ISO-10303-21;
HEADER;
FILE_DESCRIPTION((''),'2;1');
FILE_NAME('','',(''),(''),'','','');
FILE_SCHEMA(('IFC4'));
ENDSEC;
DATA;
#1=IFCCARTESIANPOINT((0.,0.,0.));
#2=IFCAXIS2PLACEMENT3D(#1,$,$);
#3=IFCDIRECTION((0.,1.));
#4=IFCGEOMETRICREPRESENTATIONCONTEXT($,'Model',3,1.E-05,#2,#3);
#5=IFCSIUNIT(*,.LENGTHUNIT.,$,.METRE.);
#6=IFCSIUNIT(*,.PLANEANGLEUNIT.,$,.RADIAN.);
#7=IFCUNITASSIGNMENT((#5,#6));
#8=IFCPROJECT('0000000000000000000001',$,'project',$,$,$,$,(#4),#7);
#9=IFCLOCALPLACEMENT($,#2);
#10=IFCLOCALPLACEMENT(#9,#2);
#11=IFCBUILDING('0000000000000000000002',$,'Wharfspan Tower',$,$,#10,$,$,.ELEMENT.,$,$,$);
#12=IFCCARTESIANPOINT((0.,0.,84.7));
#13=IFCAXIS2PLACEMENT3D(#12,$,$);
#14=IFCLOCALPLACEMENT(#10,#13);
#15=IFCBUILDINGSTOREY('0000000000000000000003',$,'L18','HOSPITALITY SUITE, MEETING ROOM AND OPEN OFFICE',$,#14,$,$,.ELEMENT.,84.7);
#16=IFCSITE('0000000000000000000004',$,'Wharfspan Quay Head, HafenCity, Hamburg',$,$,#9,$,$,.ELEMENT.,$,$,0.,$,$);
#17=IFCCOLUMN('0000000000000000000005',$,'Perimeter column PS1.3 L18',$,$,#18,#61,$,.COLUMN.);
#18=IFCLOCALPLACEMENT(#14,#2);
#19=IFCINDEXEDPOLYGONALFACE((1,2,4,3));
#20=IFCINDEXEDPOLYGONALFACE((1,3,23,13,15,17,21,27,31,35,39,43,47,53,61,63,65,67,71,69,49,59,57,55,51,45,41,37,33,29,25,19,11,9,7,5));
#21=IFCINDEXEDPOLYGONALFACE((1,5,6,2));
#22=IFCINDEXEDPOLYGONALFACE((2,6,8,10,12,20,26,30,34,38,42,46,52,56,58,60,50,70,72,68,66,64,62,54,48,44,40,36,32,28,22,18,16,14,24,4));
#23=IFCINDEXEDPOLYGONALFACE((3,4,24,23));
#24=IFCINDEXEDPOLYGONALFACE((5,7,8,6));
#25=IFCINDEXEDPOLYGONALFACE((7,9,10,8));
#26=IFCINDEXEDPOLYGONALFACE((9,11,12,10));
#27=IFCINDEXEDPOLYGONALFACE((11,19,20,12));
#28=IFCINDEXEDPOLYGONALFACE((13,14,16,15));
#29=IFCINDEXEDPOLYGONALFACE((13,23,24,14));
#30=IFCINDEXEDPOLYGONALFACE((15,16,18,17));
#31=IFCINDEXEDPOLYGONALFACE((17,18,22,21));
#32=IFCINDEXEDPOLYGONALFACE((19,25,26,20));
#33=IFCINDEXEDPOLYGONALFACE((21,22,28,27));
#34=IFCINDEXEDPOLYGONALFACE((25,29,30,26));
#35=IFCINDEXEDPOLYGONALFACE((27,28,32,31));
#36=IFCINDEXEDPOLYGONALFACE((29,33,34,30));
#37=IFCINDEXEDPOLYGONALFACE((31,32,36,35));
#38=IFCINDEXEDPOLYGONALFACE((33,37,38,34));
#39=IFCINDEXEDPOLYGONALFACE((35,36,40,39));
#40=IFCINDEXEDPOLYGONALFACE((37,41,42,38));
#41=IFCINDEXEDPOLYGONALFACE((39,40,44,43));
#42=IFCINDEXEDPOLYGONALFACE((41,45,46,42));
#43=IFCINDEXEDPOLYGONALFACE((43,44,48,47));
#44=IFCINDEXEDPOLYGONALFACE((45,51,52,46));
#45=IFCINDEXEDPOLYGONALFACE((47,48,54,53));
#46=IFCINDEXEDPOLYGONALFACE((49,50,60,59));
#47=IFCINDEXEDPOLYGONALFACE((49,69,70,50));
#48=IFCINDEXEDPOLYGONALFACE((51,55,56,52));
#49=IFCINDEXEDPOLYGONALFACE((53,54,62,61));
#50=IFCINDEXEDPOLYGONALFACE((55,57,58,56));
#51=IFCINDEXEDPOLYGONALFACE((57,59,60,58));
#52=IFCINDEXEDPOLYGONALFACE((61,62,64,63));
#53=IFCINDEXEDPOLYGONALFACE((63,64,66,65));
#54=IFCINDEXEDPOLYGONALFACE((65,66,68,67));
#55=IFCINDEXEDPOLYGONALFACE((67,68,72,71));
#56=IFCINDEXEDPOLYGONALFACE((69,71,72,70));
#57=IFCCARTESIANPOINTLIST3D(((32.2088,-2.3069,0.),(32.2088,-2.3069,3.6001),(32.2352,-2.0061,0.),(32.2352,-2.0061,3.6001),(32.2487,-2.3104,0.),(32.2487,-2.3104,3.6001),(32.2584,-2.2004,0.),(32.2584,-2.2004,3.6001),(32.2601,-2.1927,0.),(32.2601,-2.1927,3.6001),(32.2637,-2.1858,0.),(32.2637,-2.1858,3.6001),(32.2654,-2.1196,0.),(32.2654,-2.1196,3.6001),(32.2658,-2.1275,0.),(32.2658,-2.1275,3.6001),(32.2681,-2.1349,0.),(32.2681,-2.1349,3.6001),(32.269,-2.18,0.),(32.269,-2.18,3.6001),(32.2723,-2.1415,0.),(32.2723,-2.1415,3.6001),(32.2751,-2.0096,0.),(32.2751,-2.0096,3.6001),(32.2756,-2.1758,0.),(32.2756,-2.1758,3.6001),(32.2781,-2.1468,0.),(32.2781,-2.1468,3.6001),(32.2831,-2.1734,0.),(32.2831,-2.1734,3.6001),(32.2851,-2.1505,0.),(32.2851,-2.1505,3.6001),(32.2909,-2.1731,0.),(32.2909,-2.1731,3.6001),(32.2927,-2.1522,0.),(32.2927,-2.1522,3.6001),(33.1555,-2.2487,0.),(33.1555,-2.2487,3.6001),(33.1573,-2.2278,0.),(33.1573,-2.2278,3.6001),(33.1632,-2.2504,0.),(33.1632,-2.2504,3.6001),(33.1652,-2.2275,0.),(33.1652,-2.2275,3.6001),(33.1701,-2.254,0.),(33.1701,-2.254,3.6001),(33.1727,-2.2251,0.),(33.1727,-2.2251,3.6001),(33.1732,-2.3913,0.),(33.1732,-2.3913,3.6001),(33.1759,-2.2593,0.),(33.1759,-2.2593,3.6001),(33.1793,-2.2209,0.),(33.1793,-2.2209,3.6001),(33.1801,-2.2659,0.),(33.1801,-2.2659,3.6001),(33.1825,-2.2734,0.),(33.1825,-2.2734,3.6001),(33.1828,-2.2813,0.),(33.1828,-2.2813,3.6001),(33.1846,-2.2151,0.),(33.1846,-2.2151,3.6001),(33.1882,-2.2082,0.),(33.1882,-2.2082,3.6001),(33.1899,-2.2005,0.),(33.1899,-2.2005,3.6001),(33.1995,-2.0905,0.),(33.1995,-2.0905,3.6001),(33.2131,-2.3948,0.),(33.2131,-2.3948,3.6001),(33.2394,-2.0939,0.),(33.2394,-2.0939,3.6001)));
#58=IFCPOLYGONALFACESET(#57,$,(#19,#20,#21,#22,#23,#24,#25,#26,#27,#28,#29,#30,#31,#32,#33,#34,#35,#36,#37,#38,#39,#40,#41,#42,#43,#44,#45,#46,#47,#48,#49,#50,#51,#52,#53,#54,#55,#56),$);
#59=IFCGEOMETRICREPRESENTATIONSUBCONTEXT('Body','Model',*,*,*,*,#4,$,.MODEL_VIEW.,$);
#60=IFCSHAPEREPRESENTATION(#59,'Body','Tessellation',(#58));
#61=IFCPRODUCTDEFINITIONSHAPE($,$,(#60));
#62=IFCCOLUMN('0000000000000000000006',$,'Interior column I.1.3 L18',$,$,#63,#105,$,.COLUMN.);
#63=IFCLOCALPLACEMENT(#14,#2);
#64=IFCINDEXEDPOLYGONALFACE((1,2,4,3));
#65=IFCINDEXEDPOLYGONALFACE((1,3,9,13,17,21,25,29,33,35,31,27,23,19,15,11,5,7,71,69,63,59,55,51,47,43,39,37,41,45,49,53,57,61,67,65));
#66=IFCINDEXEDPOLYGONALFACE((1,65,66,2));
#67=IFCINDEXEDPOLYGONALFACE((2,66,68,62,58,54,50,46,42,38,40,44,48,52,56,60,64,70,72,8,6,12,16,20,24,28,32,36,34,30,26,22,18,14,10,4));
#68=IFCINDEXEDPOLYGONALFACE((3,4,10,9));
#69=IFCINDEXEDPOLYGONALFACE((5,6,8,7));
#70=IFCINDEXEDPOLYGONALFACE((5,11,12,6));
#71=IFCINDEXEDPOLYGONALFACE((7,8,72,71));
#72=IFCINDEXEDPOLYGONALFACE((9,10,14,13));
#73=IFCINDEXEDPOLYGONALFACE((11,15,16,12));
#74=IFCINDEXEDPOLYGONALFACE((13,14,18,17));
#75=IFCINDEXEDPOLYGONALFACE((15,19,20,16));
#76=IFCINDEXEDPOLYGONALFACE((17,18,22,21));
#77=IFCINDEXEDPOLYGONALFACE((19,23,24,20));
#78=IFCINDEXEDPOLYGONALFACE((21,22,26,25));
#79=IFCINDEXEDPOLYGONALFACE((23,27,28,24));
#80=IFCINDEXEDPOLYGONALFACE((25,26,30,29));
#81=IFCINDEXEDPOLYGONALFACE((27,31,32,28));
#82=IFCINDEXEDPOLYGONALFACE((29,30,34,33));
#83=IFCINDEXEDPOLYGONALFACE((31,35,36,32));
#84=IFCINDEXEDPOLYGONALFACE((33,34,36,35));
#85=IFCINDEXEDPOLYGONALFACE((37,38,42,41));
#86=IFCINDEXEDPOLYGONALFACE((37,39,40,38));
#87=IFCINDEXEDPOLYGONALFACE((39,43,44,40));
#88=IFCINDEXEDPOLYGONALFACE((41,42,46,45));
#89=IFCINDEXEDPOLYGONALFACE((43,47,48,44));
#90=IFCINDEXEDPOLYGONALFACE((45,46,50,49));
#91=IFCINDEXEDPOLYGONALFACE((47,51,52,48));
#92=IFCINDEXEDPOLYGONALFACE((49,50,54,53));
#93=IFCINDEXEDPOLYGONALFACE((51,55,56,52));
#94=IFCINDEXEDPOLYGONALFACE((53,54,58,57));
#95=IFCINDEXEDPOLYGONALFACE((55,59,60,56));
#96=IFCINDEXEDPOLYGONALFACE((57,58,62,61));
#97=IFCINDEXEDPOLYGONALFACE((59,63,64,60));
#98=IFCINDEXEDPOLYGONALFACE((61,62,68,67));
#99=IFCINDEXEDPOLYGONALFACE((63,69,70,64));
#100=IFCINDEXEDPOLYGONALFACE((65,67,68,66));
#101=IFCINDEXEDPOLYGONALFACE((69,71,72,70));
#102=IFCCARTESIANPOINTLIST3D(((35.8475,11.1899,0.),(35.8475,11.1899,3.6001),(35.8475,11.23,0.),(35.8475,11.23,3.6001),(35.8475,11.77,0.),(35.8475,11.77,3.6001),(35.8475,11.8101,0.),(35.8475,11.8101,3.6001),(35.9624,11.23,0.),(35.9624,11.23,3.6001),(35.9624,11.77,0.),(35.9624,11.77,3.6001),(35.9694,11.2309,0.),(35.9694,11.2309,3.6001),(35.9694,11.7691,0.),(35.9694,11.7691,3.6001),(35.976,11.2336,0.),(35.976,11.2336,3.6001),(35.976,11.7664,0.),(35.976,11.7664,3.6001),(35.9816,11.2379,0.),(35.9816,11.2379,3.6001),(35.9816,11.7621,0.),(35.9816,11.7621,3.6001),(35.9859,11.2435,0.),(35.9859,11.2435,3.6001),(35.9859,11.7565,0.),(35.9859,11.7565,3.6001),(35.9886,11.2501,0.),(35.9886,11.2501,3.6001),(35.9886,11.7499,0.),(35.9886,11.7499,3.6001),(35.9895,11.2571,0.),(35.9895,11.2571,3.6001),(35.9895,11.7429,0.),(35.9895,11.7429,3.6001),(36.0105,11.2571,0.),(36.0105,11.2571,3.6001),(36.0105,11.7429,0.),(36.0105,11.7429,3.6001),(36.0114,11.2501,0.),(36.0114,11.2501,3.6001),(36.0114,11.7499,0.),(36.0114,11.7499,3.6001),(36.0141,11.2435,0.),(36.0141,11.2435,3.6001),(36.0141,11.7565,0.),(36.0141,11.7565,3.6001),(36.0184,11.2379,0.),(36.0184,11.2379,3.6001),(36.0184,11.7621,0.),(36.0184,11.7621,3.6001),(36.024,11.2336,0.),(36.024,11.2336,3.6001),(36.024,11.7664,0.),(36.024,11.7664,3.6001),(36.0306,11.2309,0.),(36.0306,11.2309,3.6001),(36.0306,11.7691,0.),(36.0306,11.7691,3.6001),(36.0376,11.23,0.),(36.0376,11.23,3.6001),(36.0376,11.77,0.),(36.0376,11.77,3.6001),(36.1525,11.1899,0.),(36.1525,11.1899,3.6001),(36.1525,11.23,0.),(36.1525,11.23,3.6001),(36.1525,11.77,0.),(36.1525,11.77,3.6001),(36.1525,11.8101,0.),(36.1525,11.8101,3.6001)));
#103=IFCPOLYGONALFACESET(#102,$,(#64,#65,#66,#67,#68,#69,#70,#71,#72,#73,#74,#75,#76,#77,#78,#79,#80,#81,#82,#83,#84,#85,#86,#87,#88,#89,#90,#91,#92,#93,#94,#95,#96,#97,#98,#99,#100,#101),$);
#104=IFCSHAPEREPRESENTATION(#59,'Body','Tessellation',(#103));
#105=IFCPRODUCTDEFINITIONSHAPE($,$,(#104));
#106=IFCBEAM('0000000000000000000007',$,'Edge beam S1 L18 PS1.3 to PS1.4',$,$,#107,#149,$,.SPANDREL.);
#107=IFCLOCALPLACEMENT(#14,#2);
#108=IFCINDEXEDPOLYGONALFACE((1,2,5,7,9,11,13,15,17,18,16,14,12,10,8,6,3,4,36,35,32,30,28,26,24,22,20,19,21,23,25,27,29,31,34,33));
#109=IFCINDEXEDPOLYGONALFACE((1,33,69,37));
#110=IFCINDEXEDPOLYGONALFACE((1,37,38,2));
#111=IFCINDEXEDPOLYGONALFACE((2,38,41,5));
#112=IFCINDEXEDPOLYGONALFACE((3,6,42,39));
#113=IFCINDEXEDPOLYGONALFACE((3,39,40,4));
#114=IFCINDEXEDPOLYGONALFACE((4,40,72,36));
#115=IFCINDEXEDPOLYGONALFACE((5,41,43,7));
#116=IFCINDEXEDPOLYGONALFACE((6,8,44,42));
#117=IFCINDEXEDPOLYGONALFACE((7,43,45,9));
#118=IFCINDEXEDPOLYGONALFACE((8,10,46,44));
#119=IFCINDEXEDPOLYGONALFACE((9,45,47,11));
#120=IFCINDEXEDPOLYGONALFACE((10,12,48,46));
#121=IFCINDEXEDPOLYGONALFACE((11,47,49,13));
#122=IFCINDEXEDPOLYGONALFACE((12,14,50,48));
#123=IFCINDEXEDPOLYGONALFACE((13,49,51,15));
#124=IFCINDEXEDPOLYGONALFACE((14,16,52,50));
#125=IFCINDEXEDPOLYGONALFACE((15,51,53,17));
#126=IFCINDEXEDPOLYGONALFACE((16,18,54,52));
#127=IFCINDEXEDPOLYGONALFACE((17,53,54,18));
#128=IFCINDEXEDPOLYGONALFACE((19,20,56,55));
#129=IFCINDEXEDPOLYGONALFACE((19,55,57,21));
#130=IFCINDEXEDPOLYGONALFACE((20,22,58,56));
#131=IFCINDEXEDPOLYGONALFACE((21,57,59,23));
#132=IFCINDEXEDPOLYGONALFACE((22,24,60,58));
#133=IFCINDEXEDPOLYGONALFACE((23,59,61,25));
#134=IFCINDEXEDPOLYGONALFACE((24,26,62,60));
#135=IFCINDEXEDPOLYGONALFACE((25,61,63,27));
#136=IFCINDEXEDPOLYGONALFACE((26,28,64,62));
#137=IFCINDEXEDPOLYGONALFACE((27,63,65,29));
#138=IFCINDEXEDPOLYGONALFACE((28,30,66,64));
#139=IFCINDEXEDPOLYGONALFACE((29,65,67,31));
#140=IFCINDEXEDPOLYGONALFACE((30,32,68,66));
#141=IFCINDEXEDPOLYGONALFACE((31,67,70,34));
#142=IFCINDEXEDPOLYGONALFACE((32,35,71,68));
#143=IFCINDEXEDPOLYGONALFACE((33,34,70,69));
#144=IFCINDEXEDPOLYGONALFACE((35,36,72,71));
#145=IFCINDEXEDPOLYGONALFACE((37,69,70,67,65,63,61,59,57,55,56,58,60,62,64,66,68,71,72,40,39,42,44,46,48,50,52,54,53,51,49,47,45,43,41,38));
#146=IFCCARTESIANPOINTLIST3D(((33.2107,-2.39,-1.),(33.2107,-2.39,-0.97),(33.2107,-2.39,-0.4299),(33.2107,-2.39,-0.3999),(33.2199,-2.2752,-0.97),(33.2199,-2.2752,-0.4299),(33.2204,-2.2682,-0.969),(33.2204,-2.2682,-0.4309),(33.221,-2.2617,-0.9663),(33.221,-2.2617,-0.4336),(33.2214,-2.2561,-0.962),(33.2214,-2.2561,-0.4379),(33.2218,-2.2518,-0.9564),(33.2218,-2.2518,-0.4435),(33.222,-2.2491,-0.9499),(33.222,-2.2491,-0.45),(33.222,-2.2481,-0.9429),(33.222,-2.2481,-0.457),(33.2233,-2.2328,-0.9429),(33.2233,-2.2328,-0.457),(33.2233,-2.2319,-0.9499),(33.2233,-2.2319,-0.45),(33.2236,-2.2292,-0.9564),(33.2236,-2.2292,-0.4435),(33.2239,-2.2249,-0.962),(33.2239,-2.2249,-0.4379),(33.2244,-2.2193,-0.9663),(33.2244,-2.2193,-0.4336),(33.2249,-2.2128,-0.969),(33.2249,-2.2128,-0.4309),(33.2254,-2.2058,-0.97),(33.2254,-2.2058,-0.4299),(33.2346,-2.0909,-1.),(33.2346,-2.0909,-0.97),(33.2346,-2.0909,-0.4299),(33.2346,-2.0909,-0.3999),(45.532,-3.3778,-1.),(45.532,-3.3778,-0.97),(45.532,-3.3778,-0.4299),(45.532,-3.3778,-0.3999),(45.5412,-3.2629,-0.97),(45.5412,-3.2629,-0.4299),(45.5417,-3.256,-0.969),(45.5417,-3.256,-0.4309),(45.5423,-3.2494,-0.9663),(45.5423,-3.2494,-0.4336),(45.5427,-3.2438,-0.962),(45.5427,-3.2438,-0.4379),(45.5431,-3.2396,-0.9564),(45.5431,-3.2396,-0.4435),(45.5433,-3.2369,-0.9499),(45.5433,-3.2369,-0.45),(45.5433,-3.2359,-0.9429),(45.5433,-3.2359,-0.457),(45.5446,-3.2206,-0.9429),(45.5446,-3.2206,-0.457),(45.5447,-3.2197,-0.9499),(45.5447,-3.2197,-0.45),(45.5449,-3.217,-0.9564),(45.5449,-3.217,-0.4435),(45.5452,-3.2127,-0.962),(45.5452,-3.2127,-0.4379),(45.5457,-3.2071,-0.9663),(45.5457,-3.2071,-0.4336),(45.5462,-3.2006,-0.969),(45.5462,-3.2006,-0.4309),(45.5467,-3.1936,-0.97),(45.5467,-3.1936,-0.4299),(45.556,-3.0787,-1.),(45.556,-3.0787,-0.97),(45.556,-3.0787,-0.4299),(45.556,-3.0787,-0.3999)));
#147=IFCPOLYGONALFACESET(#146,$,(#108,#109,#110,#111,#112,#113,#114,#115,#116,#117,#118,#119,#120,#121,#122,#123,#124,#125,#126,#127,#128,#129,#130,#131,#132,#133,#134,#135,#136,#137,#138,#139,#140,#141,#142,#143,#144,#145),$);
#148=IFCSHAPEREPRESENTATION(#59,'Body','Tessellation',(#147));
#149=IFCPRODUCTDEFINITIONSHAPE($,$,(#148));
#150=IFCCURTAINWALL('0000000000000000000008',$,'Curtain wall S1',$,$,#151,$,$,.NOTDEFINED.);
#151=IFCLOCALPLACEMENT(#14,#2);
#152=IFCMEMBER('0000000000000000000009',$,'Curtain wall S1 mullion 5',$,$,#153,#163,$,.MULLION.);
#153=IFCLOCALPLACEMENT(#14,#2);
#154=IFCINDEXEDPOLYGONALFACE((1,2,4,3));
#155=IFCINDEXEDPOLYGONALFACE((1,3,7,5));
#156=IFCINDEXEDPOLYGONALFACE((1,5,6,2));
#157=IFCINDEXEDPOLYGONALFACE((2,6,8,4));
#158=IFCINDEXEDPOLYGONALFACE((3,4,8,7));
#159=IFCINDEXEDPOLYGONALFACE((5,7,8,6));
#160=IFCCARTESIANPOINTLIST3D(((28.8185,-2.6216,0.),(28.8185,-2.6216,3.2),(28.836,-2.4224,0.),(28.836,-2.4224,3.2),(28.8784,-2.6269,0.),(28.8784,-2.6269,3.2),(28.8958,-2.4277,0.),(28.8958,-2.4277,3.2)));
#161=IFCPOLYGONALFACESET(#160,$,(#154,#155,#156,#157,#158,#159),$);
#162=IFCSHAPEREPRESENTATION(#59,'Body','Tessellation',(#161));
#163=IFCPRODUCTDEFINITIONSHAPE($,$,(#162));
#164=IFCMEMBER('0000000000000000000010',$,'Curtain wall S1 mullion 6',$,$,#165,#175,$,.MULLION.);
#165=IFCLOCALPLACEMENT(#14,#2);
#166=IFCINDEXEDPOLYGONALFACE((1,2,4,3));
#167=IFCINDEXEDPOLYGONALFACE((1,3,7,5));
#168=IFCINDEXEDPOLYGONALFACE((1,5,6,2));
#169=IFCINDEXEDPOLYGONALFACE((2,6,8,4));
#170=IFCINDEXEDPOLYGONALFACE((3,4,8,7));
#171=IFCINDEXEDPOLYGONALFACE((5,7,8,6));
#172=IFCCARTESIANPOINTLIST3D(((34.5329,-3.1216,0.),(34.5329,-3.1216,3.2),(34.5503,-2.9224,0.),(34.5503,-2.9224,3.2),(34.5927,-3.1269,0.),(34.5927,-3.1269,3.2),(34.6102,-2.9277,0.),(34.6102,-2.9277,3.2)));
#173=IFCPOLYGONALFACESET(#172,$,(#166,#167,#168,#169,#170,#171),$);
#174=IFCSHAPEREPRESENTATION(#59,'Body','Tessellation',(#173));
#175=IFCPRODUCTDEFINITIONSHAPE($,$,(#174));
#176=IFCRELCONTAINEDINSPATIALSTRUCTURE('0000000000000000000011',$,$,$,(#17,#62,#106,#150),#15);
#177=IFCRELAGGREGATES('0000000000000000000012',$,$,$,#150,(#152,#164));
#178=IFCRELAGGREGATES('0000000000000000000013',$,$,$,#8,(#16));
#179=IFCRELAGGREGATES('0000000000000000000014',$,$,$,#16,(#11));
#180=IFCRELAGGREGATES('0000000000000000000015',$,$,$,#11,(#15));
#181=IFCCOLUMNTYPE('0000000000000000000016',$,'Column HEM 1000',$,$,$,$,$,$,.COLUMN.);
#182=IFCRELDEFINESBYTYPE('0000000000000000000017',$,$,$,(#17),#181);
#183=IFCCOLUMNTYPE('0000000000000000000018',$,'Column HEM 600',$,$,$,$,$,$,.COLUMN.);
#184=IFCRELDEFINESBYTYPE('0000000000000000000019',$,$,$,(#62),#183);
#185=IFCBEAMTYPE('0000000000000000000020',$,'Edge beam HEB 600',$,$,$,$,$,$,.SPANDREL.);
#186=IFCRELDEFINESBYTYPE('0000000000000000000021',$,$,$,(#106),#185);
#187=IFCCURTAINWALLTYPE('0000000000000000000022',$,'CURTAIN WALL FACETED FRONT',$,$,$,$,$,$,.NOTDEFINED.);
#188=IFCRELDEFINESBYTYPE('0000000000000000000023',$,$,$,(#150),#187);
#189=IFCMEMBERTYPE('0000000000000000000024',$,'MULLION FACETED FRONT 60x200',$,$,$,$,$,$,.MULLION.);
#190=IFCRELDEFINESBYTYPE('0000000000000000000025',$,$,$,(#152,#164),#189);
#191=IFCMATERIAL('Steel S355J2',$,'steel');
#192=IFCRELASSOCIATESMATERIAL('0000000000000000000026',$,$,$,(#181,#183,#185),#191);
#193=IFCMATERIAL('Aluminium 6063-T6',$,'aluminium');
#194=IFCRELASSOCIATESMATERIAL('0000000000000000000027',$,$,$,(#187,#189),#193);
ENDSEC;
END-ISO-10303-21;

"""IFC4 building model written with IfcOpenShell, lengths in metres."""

from ifc_helpers import new_model, si_unit, direction, frame, origin, origin_2d, place, context, subcontext, project, spatial, rectangle, i_section, extrude, material, material_profile, profile_set, type_object, element, aggregate, save


model = new_model("IFC4")

# Units and contexts
model_context = context("Model", 3, precision=1e-05, world=origin(), true_north=direction((0.0, 1.0)))
body_context = subcontext(model_context, "Body", "Model", "MODEL_VIEW")
ifc_project = project(units=[si_unit("LENGTHUNIT", "METRE"), si_unit("PLANEANGLEUNIT", "RADIAN")], contexts=[model_context])

# Site, building, storey
site_placement = place(None, origin())
site = spatial("IfcSite", under=ifc_project, at=site_placement, Name="Wharfspan Quay Head, HafenCity, Hamburg", CompositionType="ELEMENT", RefElevation=0.0)
building_placement = place(site_placement, origin())
building = spatial("IfcBuilding", under=site, at=building_placement, Name="Wharfspan Tower", CompositionType="ELEMENT")
storey_placement = place(building_placement, frame((0.0, 0.0, 84.7)))
storey = spatial("IfcBuildingStorey", under=building, at=storey_placement, Name="L18", Description="HOSPITALITY SUITE, MEETING ROOM AND OPEN OFFICE", CompositionType="ELEMENT", Elevation=84.7)

# Columns
ifc_material_1 = material(Name="Steel S355J2", Category="steel")
ifc_material_profile_1 = material_profile(ifc_material_1, i_section(OverallWidth=0.302, OverallDepth=1.0081, WebThickness=0.021, FlangeThickness=0.04, FilletRadius=0.03, at=origin_2d()))
ifc_profile_set_1 = profile_set([ifc_material_profile_1], Name="Steel S355J2")
column_type_1 = type_object("IfcColumnType", Name="Column HEM 1000", PredefinedType="COLUMN", material=ifc_profile_set_1)
column_1_placement = place(storey_placement, frame((32.7241, -2.2004, 0.0), z_axis=(0.0, 0.0, 1.0), x_axis=(-0.087156, -0.996198, 0.0)))
element("IfcColumn", 1, at=column_1_placement, inside=storey, type_object=column_type_1, Name="Perimeter column PS1.3 L18", PredefinedType="COLUMN", context=body_context, shape_type="SweptSolid", body=[
    extrude(i_section(OverallWidth=0.302, OverallDepth=1.0081, WebThickness=0.021, FlangeThickness=0.04, FilletRadius=0.03, at=origin_2d()), origin(), (0.0, 0.0, 1.0), 3.6001),
])
ifc_material_profile_2 = material_profile(ifc_material_1, i_section(OverallWidth=0.3049, OverallDepth=0.6201, WebThickness=0.021, FlangeThickness=0.04, FilletRadius=0.0271, at=origin_2d()))
ifc_profile_set_2 = profile_set([ifc_material_profile_2], Name="Steel S355J2")
column_type_2 = type_object("IfcColumnType", Name="Column HEM 600", PredefinedType="COLUMN", material=ifc_profile_set_2)
column_2_placement = place(storey_placement, frame((36.0, 11.5, 0.0), z_axis=(0.0, 0.0, 1.0), x_axis=(1.0, 0.0, 0.0)))
element("IfcColumn", 2, at=column_2_placement, inside=storey, type_object=column_type_2, Name="Interior column I.1.3 L18", PredefinedType="COLUMN", context=body_context, shape_type="SweptSolid", body=[
    extrude(i_section(OverallWidth=0.3049, OverallDepth=0.6201, WebThickness=0.021, FlangeThickness=0.04, FilletRadius=0.0271, at=origin_2d()), origin(), (0.0, 0.0, 1.0), 3.6001),
])

# Beam
ifc_material_profile_3 = material_profile(ifc_material_1, i_section(OverallWidth=0.3, OverallDepth=0.6001, WebThickness=0.0154, FlangeThickness=0.03, FilletRadius=0.0271, at=origin_2d()))
ifc_profile_set_3 = profile_set([ifc_material_profile_3], Name="Steel S355J2")
beam_type = type_object("IfcBeamType", Name="Edge beam HEB 600", PredefinedType="SPANDREL", material=ifc_profile_set_3)
beam_placement = place(storey_placement, frame((33.2227, -2.2405, -0.7), z_axis=(0.996802, -0.079913, 0.0), x_axis=(0.079913, 0.996802, 0.0)))
element("IfcBeam", 3, at=beam_placement, inside=storey, type_object=beam_type, Name="Edge beam S1 L18 PS1.3 to PS1.4", PredefinedType="SPANDREL", context=body_context, shape_type="SweptSolid", body=[
    extrude(i_section(OverallWidth=0.3, OverallDepth=0.6001, WebThickness=0.0154, FlangeThickness=0.03, FilletRadius=0.0271, at=origin_2d()), origin(), (0.0, 0.0, 1.0), 12.3608),
])

# Curtain wall, members
ifc_material_2 = material(Name="Aluminium 6063-T6", Category="aluminium")
curtain_wall_type = type_object("IfcCurtainWallType", Name="CURTAIN WALL FACETED FRONT", PredefinedType="NOTDEFINED", material=ifc_material_2)
curtain_wall_placement = place(storey_placement, origin())
curtain_wall = element("IfcCurtainWall", 4, at=curtain_wall_placement, inside=storey, type_object=curtain_wall_type, Name="Curtain wall S1", PredefinedType="NOTDEFINED")
ifc_material_profile_4 = material_profile(ifc_material_2, rectangle(XDim=0.2, YDim=0.0601, at=origin_2d()))
ifc_profile_set_4 = profile_set([ifc_material_profile_4], Name="Aluminium 6063-T6")
member_type_1 = type_object("IfcMemberType", Name="MULLION FACETED FRONT 60x200", PredefinedType="MULLION", material=ifc_profile_set_4)
member_1_placement = place(storey_placement, frame((28.8572, -2.5247, 0.0), z_axis=(0.0, 0.0, 1.0), x_axis=(0.087156, 0.996197, 0.0)))
member_1 = element("IfcMember", 5, at=member_1_placement, type_object=member_type_1, Name="Curtain wall S1 mullion 5", PredefinedType="MULLION", context=body_context, shape_type="SweptSolid", body=[
    extrude(rectangle(XDim=0.2, YDim=0.0601, at=origin_2d()), origin(), (0.0, 0.0, 1.0), 3.2),
])
member_2_placement = place(storey_placement, frame((34.5715, -3.0247, 0.0), z_axis=(0.0, 0.0, 1.0), x_axis=(0.087156, 0.996197, 0.0)))
member_2 = element("IfcMember", 6, at=member_2_placement, type_object=member_type_1, Name="Curtain wall S1 mullion 6", PredefinedType="MULLION", context=body_context, shape_type="SweptSolid", body=[
    extrude(rectangle(XDim=0.2, YDim=0.0601, at=origin_2d()), origin(), (0.0, 0.0, 1.0), 3.2),
])

aggregate(curtain_wall, [member_1, member_2])

save(model, "model.ifc")
